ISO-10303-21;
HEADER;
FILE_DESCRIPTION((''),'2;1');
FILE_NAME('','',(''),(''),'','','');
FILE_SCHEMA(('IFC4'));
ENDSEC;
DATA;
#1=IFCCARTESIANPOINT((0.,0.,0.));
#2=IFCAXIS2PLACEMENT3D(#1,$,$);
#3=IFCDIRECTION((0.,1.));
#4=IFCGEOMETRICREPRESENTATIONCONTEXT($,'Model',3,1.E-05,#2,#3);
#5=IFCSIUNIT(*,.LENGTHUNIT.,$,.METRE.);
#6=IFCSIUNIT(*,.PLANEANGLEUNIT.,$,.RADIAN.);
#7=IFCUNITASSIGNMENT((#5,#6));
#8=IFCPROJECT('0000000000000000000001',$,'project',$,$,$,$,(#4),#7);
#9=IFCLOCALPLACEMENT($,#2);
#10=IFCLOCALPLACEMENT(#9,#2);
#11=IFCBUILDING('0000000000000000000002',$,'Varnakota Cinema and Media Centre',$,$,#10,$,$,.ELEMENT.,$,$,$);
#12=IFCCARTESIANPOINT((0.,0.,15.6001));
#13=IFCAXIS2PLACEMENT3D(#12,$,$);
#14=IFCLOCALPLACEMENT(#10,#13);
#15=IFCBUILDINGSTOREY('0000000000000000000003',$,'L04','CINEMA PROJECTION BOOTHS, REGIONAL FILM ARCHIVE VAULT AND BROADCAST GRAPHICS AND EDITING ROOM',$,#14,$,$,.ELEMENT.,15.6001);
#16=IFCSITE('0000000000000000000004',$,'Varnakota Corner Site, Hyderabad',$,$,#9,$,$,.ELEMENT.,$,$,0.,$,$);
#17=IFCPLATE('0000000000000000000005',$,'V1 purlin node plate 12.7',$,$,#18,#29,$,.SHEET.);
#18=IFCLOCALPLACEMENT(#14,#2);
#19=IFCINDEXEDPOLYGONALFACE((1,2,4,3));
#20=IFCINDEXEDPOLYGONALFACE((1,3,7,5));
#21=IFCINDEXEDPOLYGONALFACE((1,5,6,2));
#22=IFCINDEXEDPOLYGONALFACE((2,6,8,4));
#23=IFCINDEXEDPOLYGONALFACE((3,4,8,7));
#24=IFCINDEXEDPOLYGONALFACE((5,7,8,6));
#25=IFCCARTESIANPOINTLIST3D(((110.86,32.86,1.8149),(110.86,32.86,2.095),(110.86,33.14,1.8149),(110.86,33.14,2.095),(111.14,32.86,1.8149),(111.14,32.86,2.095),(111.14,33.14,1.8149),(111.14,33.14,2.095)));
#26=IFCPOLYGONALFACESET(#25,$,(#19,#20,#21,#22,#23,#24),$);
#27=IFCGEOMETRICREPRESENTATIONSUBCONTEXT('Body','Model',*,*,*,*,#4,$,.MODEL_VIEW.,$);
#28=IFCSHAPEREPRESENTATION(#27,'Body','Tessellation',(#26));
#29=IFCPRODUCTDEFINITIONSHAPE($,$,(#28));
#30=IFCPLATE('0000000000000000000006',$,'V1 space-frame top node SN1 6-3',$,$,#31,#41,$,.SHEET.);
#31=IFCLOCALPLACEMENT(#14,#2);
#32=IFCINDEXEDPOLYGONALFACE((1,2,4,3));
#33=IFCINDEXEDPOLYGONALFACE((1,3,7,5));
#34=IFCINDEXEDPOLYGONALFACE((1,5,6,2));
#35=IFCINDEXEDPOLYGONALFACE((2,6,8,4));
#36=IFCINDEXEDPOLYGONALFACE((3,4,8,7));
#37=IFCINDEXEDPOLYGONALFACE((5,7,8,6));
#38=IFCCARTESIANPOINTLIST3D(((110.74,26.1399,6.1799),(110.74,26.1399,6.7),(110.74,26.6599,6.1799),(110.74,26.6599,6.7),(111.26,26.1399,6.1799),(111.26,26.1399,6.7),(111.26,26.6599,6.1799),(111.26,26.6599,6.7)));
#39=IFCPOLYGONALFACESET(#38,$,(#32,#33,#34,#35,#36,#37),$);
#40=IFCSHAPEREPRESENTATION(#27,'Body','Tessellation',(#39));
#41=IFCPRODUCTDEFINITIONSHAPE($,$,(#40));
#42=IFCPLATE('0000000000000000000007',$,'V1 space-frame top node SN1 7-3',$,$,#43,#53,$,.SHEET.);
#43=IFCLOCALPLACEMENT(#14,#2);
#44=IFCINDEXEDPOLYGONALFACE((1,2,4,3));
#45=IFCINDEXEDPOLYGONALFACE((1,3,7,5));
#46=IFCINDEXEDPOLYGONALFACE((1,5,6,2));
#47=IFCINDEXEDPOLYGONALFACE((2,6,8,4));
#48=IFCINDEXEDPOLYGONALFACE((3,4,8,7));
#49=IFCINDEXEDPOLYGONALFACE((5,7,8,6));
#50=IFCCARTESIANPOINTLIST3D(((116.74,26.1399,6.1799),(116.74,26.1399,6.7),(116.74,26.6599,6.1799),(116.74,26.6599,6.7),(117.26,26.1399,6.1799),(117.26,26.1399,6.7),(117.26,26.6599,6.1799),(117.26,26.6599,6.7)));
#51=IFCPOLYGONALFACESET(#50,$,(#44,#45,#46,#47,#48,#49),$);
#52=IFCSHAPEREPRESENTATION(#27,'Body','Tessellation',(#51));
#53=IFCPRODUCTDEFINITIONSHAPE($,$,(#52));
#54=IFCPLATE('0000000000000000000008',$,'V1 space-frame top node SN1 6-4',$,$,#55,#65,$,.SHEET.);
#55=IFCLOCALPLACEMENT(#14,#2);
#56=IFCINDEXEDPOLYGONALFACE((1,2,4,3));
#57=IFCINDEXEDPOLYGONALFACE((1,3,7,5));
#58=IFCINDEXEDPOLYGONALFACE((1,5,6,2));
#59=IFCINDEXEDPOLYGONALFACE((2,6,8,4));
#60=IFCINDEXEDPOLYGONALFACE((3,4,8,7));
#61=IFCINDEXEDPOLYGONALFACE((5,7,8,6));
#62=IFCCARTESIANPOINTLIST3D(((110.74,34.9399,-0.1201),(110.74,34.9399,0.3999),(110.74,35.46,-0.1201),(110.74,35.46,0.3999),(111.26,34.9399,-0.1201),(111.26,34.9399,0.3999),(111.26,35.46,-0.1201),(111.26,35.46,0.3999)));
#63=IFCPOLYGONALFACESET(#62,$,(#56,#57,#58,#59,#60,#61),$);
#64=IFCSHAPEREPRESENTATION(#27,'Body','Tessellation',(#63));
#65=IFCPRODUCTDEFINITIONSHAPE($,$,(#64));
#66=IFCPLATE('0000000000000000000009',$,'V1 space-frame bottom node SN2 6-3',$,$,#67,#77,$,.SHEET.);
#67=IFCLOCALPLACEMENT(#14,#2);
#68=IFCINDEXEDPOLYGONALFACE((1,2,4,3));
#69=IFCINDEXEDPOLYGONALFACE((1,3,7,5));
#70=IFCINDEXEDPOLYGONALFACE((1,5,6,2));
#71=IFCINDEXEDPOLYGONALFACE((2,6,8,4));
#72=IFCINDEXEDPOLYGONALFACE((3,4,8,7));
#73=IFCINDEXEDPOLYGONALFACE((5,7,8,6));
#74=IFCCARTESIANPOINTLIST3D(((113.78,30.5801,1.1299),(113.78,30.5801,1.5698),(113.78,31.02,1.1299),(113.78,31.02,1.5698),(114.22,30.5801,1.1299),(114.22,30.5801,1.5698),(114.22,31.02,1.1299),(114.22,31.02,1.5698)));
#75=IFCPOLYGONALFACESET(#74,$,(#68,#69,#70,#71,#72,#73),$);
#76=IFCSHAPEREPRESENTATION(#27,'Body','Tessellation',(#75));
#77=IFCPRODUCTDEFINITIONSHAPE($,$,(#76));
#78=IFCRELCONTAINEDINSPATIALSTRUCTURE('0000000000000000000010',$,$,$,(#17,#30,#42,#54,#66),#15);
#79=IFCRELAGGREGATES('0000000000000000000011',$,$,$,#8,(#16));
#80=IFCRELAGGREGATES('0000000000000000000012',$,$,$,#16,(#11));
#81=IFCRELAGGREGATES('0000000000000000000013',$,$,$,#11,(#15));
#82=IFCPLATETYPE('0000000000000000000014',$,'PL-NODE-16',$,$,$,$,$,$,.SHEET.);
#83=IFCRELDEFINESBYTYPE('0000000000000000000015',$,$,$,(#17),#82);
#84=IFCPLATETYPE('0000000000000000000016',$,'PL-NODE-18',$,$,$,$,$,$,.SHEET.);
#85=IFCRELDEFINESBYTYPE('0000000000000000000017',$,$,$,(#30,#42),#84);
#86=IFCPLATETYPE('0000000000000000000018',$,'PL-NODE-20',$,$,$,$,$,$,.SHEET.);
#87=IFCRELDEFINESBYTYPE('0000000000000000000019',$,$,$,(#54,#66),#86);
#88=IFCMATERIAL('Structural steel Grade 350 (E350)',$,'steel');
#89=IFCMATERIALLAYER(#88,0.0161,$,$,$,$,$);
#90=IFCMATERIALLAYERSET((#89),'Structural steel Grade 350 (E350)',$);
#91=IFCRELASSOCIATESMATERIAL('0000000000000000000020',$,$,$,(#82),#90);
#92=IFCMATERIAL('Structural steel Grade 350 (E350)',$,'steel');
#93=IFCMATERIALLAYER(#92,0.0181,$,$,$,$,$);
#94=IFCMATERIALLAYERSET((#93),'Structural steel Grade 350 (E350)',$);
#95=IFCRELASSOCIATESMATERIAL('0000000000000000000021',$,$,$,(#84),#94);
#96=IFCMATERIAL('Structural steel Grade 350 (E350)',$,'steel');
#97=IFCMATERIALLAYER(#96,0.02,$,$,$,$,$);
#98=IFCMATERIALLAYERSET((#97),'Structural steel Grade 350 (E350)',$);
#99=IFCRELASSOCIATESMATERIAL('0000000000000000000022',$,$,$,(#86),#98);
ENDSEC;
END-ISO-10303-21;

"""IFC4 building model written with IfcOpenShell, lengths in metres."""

from ifc_helpers import new_model, si_unit, direction, frame, origin, origin_2d, place, context, subcontext, project, spatial, rectangle, extrude, material, layer, layer_set, type_object, element, save


model = new_model("IFC4")

# Units and contexts
model_context = context("Model", 3, precision=1e-05, world=origin(), true_north=direction((0.0, 1.0)))
body_context = subcontext(model_context, "Body", "Model", "MODEL_VIEW")
ifc_project = project(units=[si_unit("LENGTHUNIT", "METRE"), si_unit("PLANEANGLEUNIT", "RADIAN")], contexts=[model_context])

# Site, building, storey
site_placement = place(None, origin())
site = spatial("IfcSite", under=ifc_project, at=site_placement, Name="Varnakota Corner Site, Hyderabad", CompositionType="ELEMENT", RefElevation=0.0)
building_placement = place(site_placement, origin())
building = spatial("IfcBuilding", under=site, at=building_placement, Name="Varnakota Cinema and Media Centre", CompositionType="ELEMENT")
storey_placement = place(building_placement, frame((0.0, 0.0, 15.6001)))
storey = spatial("IfcBuildingStorey", under=building, at=storey_placement, Name="L04", Description="CINEMA PROJECTION BOOTHS, REGIONAL FILM ARCHIVE VAULT AND BROADCAST GRAPHICS AND EDITING ROOM", CompositionType="ELEMENT", Elevation=15.6001)

# Plates
ifc_material_1 = material(Name="Structural steel Grade 350 (E350)", Category="steel")
ifc_layer_1 = layer(ifc_material_1, 0.0161)
ifc_layer_set_1 = layer_set([ifc_layer_1], Name="Structural steel Grade 350 (E350)")
plate_type_1 = type_object("IfcPlateType", Name="PL-NODE-16", PredefinedType="SHEET", material=ifc_layer_set_1)
for number, where, z_axis, x_axis, name in (
    (1, (111.0, 33.0, 1.8149), (0.0, 0.0, 1.0), (1.0, 0.0, 0.0), "V1 purlin node plate 12.7"),
):
    element("IfcPlate", number, at=place(storey_placement, frame(where, z_axis=z_axis, x_axis=x_axis)), inside=storey, type_object=plate_type_1, Name=name, PredefinedType="SHEET", context=body_context, shape_type="SweptSolid", body=[
        extrude(rectangle(XDim=0.28, YDim=0.28, at=origin_2d()), origin(), (0.0, 0.0, 1.0), 0.28),
    ])
ifc_material_2 = material(Name="Structural steel Grade 350 (E350)", Category="steel")
ifc_layer_2 = layer(ifc_material_2, 0.0181)
ifc_layer_set_2 = layer_set([ifc_layer_2], Name="Structural steel Grade 350 (E350)")
plate_type_2 = type_object("IfcPlateType", Name="PL-NODE-18", PredefinedType="SHEET", material=ifc_layer_set_2)
for number, where, z_axis, x_axis, name in (
    (2, (111.0, 26.3999, 6.1799), (0.0, 0.0, 1.0), (1.0, 0.0, 0.0), "V1 space-frame top node SN1 6-3"),
    (3, (117.0, 26.3999, 6.1799), (0.0, 0.0, 1.0), (1.0, 0.0, 0.0), "V1 space-frame top node SN1 7-3"),
):
    element("IfcPlate", number, at=place(storey_placement, frame(where, z_axis=z_axis, x_axis=x_axis)), inside=storey, type_object=plate_type_2, Name=name, PredefinedType="SHEET", context=body_context, shape_type="SweptSolid", body=[
        extrude(rectangle(XDim=0.52, YDim=0.52, at=origin_2d()), origin(), (0.0, 0.0, 1.0), 0.52),
    ])
ifc_material_3 = material(Name="Structural steel Grade 350 (E350)", Category="steel")
ifc_layer_3 = layer(ifc_material_3, 0.02)
ifc_layer_set_3 = layer_set([ifc_layer_3], Name="Structural steel Grade 350 (E350)")
plate_type_3 = type_object("IfcPlateType", Name="PL-NODE-20", PredefinedType="SHEET", material=ifc_layer_set_3)
plate_1_placement = place(storey_placement, frame((111.0, 35.2, -0.1201), z_axis=(0.0, 0.0, 1.0), x_axis=(1.0, 0.0, 0.0)))
element("IfcPlate", 4, at=plate_1_placement, inside=storey, type_object=plate_type_3, Name="V1 space-frame top node SN1 6-4", PredefinedType="SHEET", context=body_context, shape_type="SweptSolid", body=[
    extrude(rectangle(XDim=0.52, YDim=0.52, at=origin_2d()), origin(), (0.0, 0.0, 1.0), 0.52),
])
plate_2_placement = place(storey_placement, frame((114.0, 30.8, 1.1299), z_axis=(0.0, 0.0, 1.0), x_axis=(1.0, 0.0, 0.0)))
element("IfcPlate", 5, at=plate_2_placement, inside=storey, type_object=plate_type_3, Name="V1 space-frame bottom node SN2 6-3", PredefinedType="SHEET", context=body_context, shape_type="SweptSolid", body=[
    extrude(rectangle(XDim=0.4399, YDim=0.4399, at=origin_2d()), origin(), (0.0, 0.0, 1.0), 0.4399),
])

save(model, "model.ifc")
